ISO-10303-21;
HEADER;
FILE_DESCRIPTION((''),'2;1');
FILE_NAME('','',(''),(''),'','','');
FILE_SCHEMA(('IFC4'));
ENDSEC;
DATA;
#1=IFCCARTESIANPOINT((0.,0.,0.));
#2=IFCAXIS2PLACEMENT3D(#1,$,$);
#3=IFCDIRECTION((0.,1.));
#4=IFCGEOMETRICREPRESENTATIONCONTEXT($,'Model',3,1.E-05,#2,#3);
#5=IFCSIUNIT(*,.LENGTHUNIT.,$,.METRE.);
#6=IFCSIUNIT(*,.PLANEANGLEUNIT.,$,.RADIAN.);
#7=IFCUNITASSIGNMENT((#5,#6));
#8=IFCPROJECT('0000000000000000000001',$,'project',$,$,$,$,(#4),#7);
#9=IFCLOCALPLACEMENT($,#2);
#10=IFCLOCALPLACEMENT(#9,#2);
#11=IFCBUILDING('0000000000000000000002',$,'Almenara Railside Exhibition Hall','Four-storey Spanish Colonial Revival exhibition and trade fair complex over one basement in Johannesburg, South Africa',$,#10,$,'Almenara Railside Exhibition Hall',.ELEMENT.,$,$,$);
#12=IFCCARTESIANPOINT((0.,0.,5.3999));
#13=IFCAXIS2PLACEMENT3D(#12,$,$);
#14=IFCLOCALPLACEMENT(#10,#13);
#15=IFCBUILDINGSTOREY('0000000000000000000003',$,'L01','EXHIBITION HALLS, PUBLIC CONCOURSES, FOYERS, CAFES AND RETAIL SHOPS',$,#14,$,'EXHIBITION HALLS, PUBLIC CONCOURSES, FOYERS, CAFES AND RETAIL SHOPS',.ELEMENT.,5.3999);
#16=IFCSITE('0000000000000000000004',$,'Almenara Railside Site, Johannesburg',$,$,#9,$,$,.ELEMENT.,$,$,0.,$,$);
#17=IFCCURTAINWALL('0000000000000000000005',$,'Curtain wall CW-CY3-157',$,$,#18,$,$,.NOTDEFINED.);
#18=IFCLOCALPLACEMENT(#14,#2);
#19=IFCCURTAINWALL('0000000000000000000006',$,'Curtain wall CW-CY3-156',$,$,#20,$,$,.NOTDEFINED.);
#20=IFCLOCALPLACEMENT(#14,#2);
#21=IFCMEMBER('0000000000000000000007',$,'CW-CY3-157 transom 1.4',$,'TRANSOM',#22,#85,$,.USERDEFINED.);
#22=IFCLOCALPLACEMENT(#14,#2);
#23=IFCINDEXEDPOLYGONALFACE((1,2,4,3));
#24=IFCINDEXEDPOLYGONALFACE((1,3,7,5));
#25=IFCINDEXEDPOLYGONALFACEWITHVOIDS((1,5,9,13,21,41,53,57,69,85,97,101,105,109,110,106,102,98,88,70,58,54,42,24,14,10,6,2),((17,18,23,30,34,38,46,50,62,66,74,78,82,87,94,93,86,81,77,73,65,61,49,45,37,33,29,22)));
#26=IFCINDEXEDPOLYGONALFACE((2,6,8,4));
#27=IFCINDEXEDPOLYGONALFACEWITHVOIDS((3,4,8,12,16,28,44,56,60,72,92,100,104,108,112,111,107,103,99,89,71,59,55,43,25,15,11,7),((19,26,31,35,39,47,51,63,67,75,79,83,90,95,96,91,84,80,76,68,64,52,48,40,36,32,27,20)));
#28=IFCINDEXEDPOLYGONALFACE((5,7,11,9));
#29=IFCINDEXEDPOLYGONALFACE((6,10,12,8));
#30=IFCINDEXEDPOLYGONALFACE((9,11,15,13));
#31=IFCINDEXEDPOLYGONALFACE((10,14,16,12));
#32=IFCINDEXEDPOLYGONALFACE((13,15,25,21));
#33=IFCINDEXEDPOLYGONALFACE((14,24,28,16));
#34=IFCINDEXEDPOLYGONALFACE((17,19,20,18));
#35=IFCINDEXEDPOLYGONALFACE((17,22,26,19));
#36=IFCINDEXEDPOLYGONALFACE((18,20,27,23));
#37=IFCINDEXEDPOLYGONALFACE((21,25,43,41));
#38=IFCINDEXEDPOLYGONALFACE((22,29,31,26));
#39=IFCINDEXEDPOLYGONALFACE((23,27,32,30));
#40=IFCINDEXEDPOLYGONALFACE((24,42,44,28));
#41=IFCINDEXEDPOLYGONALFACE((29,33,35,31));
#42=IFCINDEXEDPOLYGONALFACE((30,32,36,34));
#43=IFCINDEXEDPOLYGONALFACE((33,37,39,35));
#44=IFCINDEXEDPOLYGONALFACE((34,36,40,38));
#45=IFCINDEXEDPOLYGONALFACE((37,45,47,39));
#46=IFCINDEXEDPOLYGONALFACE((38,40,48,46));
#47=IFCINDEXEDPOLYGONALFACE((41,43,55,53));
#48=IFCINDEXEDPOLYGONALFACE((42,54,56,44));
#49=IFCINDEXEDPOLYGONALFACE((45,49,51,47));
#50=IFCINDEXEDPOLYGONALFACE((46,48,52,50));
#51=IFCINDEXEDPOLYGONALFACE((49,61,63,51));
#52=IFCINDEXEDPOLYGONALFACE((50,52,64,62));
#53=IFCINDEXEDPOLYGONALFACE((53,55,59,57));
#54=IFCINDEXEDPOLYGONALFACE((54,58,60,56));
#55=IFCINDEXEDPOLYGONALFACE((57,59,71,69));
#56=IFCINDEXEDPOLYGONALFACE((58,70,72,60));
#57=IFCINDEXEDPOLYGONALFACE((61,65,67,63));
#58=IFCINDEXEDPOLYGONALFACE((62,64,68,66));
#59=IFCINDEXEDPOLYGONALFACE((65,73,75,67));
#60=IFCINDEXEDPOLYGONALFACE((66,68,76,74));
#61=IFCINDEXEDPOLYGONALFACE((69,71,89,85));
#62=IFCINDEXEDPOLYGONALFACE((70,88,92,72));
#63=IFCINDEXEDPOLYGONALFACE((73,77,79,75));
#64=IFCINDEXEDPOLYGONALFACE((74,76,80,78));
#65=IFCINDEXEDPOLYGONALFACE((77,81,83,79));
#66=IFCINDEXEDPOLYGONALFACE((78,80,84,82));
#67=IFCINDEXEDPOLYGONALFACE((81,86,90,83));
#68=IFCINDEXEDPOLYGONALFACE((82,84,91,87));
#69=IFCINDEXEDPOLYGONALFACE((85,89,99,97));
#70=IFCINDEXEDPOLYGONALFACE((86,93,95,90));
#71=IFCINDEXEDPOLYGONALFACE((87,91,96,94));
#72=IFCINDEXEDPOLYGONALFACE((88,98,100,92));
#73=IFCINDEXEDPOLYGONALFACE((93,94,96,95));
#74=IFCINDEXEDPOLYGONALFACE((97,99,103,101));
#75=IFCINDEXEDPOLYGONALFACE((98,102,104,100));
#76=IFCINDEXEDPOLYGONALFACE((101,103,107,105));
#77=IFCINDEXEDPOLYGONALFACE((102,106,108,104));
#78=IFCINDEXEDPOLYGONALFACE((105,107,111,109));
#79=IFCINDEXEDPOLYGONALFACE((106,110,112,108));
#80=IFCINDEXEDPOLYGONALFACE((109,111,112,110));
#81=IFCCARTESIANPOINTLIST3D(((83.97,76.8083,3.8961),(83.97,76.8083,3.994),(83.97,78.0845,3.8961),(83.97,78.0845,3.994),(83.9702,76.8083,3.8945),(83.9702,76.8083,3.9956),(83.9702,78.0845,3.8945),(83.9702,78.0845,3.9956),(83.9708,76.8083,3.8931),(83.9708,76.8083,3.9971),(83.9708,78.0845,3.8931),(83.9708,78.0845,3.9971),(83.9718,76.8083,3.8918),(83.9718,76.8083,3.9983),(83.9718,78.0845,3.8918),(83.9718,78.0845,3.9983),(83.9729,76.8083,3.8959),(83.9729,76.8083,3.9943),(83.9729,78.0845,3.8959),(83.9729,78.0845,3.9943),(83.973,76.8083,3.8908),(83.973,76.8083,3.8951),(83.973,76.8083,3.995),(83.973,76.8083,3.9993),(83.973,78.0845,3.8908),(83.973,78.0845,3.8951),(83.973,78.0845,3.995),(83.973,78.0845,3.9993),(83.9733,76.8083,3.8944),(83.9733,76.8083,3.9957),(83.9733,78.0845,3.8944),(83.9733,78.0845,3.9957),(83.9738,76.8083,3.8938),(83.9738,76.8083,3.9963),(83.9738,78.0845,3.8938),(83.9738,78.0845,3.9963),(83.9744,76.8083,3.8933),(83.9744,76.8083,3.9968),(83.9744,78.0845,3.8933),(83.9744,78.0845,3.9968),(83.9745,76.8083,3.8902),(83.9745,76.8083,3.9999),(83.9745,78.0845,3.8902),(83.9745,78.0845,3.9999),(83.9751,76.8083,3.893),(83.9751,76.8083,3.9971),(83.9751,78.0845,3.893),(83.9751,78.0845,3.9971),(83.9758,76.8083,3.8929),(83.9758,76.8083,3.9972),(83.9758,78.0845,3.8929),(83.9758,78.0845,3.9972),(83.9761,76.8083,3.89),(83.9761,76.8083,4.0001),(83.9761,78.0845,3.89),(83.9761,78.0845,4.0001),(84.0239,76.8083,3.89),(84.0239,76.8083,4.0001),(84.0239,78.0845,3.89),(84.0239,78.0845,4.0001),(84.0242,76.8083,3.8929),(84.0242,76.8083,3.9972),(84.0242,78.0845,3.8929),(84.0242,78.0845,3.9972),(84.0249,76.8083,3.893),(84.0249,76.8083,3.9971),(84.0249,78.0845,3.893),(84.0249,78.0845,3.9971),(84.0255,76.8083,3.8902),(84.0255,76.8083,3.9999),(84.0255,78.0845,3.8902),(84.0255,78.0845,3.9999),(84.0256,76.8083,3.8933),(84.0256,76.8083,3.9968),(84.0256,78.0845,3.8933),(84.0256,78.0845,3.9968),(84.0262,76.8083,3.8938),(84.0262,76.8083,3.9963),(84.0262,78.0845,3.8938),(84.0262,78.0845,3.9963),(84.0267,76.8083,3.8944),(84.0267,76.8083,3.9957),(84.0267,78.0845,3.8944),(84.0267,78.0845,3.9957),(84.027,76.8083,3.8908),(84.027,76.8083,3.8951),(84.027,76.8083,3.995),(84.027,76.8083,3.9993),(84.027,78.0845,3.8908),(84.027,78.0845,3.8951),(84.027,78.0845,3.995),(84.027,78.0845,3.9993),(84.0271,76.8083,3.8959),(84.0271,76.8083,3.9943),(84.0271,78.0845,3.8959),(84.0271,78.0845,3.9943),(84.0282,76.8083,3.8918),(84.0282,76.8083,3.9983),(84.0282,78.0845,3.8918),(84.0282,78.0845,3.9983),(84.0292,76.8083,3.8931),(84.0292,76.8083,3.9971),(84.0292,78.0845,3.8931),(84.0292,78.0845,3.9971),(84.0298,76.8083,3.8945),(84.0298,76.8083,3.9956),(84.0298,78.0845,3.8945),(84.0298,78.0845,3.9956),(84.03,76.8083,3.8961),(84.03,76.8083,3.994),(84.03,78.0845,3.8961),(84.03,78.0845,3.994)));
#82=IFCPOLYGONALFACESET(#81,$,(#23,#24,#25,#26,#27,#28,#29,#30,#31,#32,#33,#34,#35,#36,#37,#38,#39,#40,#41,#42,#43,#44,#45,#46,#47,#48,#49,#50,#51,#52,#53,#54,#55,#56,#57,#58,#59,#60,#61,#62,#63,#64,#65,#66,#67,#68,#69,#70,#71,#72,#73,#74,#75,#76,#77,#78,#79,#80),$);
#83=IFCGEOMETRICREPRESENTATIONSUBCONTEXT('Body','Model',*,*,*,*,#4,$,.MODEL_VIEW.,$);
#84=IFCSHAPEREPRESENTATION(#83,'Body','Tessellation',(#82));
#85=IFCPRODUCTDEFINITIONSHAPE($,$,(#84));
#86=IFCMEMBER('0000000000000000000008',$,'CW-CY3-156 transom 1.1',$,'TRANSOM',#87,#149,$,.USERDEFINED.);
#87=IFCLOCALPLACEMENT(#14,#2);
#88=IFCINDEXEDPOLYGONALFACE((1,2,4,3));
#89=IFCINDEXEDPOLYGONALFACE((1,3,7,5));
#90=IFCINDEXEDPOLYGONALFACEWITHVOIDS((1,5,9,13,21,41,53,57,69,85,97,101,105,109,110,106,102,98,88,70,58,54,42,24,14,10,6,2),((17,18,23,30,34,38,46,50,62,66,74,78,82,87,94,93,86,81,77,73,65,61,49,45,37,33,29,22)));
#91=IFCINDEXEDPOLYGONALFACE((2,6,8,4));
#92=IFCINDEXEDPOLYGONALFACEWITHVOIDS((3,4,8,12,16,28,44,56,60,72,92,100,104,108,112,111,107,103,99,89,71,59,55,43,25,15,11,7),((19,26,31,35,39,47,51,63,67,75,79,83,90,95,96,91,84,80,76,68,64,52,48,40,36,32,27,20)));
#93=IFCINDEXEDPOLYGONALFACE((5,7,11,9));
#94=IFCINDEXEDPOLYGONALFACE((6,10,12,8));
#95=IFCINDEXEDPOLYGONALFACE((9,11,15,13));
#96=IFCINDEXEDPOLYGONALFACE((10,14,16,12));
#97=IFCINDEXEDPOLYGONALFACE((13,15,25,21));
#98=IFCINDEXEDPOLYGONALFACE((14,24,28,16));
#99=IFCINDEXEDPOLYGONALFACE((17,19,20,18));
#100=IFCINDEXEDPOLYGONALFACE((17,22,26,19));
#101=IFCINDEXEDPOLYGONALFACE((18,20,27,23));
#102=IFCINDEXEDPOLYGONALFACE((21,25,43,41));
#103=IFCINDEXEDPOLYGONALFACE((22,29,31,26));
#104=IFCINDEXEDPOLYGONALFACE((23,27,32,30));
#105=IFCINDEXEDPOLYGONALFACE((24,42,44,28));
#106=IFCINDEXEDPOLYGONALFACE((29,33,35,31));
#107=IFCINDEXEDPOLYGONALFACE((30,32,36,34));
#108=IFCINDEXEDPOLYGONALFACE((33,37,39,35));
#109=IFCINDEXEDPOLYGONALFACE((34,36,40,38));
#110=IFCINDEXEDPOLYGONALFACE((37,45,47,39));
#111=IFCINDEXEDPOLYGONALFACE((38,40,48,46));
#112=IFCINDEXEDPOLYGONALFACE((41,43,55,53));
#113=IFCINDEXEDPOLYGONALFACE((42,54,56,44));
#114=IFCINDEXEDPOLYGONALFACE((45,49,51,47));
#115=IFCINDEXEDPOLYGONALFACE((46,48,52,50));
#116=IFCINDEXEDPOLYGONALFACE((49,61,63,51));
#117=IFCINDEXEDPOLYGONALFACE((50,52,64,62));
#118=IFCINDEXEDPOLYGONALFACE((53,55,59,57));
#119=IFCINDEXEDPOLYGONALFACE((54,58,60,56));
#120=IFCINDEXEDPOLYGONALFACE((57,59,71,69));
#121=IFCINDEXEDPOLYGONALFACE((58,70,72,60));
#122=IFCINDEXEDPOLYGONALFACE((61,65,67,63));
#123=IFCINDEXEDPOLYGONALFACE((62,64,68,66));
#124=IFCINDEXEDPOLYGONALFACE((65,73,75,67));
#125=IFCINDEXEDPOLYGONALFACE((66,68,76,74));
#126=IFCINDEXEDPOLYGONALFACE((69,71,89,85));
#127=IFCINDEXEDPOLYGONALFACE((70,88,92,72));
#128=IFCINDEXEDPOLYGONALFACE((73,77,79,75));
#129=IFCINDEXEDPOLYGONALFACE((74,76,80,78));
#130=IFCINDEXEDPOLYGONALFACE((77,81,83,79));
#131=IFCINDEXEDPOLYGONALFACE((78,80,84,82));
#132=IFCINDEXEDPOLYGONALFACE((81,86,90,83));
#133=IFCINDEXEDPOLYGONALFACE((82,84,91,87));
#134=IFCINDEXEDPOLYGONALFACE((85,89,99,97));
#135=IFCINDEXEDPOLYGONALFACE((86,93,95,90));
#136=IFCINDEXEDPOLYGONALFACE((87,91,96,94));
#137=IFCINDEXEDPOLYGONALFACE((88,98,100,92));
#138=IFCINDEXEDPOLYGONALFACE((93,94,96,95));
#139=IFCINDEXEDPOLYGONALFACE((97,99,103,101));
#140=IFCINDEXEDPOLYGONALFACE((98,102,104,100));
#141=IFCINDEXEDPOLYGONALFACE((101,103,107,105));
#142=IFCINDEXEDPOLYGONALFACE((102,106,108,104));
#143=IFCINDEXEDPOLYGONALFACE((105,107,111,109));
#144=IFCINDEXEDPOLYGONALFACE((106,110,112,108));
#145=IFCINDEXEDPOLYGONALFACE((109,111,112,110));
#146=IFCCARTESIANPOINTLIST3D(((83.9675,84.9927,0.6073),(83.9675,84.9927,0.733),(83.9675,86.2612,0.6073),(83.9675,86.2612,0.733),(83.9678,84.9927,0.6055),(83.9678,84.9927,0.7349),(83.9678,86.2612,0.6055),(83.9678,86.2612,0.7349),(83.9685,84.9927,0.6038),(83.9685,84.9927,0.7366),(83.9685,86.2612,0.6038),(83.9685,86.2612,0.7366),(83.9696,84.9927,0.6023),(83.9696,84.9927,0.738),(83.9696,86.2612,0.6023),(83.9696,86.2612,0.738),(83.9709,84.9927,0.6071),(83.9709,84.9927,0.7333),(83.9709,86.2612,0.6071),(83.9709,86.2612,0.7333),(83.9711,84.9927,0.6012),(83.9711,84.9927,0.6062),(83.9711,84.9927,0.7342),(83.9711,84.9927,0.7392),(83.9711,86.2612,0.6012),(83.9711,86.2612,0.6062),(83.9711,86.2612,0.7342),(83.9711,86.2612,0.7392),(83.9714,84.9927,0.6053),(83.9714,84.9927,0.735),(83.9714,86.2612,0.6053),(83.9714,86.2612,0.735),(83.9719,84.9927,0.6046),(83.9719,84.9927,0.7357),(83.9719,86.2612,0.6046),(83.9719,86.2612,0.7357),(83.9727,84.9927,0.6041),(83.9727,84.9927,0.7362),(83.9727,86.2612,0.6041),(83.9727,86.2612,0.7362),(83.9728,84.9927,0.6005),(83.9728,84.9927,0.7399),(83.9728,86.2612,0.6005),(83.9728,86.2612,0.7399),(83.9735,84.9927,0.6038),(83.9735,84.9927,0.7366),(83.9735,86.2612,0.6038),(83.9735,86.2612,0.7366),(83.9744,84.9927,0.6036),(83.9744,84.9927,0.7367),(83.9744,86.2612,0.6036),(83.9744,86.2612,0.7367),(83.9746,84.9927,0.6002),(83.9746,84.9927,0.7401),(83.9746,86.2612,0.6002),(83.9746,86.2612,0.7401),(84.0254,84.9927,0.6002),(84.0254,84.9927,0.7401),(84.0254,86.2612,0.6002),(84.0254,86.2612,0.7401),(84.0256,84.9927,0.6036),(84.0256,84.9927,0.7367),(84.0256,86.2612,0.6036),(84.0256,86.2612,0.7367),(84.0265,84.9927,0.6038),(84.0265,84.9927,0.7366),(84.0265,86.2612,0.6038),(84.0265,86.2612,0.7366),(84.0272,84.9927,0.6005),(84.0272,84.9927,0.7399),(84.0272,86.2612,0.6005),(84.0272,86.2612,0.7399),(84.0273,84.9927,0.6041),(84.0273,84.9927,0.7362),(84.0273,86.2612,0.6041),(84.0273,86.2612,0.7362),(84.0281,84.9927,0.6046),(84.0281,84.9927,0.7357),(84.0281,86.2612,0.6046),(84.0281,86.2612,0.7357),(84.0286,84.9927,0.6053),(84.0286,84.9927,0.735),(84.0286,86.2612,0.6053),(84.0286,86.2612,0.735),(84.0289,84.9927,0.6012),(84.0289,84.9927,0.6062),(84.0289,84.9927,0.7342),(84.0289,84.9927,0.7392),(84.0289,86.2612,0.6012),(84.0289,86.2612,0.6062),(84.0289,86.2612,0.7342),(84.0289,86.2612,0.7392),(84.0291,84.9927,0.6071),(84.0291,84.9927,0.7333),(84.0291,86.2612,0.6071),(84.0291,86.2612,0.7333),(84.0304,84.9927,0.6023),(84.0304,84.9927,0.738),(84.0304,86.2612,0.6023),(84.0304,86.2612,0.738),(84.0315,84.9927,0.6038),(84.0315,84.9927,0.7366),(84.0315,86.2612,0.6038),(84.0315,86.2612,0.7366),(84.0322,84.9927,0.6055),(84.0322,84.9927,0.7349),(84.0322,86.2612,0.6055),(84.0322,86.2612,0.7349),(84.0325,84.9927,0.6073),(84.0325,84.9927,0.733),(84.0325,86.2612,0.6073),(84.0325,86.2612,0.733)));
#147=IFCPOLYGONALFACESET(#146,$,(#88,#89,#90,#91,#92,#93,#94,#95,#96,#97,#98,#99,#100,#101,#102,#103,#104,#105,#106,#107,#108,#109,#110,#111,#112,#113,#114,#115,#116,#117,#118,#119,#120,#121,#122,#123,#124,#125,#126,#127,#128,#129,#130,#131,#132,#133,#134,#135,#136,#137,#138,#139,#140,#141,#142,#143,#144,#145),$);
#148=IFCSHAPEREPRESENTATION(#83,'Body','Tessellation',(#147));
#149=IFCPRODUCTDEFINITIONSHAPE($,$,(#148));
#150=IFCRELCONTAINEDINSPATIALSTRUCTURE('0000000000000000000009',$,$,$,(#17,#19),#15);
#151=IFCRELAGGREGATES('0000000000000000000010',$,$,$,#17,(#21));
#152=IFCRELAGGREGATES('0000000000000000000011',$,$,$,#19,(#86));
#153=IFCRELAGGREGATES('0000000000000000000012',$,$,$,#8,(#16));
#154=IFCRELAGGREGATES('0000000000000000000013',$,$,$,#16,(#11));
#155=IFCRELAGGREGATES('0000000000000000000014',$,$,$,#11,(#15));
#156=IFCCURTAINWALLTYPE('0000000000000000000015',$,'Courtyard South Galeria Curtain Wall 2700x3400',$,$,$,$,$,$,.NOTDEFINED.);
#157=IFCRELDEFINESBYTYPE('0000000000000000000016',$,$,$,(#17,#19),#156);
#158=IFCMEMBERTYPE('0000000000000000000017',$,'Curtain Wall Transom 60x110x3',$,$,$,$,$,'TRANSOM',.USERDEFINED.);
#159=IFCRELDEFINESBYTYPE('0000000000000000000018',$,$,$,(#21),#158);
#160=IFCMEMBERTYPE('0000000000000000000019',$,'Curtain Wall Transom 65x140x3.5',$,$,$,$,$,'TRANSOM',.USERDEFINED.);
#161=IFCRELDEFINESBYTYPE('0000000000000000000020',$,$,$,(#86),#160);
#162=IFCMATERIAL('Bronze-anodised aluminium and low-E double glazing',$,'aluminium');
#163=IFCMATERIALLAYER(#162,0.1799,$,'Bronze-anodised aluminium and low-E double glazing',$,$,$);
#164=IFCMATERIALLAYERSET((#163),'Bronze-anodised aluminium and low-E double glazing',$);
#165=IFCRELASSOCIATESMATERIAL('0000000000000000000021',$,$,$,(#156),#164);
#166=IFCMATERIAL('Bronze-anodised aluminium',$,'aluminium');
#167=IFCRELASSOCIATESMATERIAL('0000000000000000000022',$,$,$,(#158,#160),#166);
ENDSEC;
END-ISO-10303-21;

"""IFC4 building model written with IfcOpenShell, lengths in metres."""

from ifc_helpers import new_model, si_unit, direction, frame, origin, origin_2d, place, context, subcontext, project, spatial, hollow_rectangle, extrude, material, layer, layer_set, material_profile, profile_set, type_object, element, aggregate, save


model = new_model("IFC4")

# Units and contexts
model_context = context("Model", 3, precision=1e-05, world=origin(), true_north=direction((0.0, 1.0)))
body_context = subcontext(model_context, "Body", "Model", "MODEL_VIEW")
ifc_project = project(units=[si_unit("LENGTHUNIT", "METRE"), si_unit("PLANEANGLEUNIT", "RADIAN")], contexts=[model_context])

# Site, building, storey
site_placement = place(None, origin())
site = spatial("IfcSite", under=ifc_project, at=site_placement, Name="Almenara Railside Site, Johannesburg", CompositionType="ELEMENT", RefElevation=0.0)
building_placement = place(site_placement, origin())
building = spatial("IfcBuilding", under=site, at=building_placement, Name="Almenara Railside Exhibition Hall", Description="Four-storey Spanish Colonial Revival exhibition and trade fair complex over one basement in Johannesburg, South Africa", LongName="Almenara Railside Exhibition Hall", CompositionType="ELEMENT")
storey_placement = place(building_placement, frame((0.0, 0.0, 5.3999)))
storey = spatial("IfcBuildingStorey", under=building, at=storey_placement, Name="L01", Description="EXHIBITION HALLS, PUBLIC CONCOURSES, FOYERS, CAFES AND RETAIL SHOPS", LongName="EXHIBITION HALLS, PUBLIC CONCOURSES, FOYERS, CAFES AND RETAIL SHOPS", CompositionType="ELEMENT", Elevation=5.3999)

# Curtain wall
ifc_material_1 = material(Name="Bronze-anodised aluminium and low-E double glazing", Category="aluminium")
ifc_layer_1 = layer(ifc_material_1, 0.1799, Name="Bronze-anodised aluminium and low-E double glazing")
ifc_layer_set_1 = layer_set([ifc_layer_1], Name="Bronze-anodised aluminium and low-E double glazing")
curtain_wall_type = type_object("IfcCurtainWallType", Name="Courtyard South Galeria Curtain Wall 2700x3400", PredefinedType="NOTDEFINED", material=ifc_layer_set_1)
curtain_wall_1_placement = place(storey_placement, origin())
curtain_wall_1 = element("IfcCurtainWall", 1, at=curtain_wall_1_placement, inside=storey, type_object=curtain_wall_type, Name="Curtain wall CW-CY3-157", PredefinedType="NOTDEFINED")
ifc_material_2 = material(Name="Bronze-anodised aluminium", Category="aluminium")

# Curtain wall
curtain_wall_2_placement = place(storey_placement, origin())
curtain_wall_2 = element("IfcCurtainWall", 2, at=curtain_wall_2_placement, inside=storey, type_object=curtain_wall_type, Name="Curtain wall CW-CY3-156", PredefinedType="NOTDEFINED")

# Members
ifc_material_profile_1 = material_profile(ifc_material_2, hollow_rectangle(XDim=0.0601, YDim=0.1101, WallThickness=0.0029, InnerFilletRadius=0.0029, OuterFilletRadius=0.0061, at=origin_2d()), Name="ALU-TRN 60x110x3")
ifc_profile_set_1 = profile_set([ifc_material_profile_1], Name="Bronze-anodised aluminium")
member_type_1 = type_object("IfcMemberType", Name="Curtain Wall Transom 60x110x3", ElementType="TRANSOM", PredefinedType="USERDEFINED", material=ifc_profile_set_1)
member_1_placement = place(storey_placement, frame((84.0, 78.0845, 3.9451), z_axis=(0.0, -1.0, 0.0), x_axis=(1.0, 0.0, 0.0)))
member_1 = element("IfcMember", 3, at=member_1_placement, type_object=member_type_1, Name="CW-CY3-157 transom 1.4", ObjectType="TRANSOM", PredefinedType="USERDEFINED", context=body_context, shape_type="SweptSolid", body=[
    extrude(hollow_rectangle(XDim=0.0601, YDim=0.1101, WallThickness=0.0029, InnerFilletRadius=0.0029, OuterFilletRadius=0.0061, at=origin_2d()), origin(), (0.0, 0.0, 1.0), 1.2761),
])
ifc_material_profile_2 = material_profile(ifc_material_2, hollow_rectangle(XDim=0.0649, YDim=0.1399, WallThickness=0.0034, InnerFilletRadius=0.0034, OuterFilletRadius=0.0071, at=origin_2d()), Name="ALU-TRN 65x140x3.5")
ifc_profile_set_2 = profile_set([ifc_material_profile_2], Name="Bronze-anodised aluminium")
member_type_2 = type_object("IfcMemberType", Name="Curtain Wall Transom 65x140x3.5", ElementType="TRANSOM", PredefinedType="USERDEFINED", material=ifc_profile_set_2)
member_2_placement = place(storey_placement, frame((84.0, 86.2612, 0.6702), z_axis=(0.0, -1.0, 0.0), x_axis=(1.0, 0.0, 0.0)))
member_2 = element("IfcMember", 4, at=member_2_placement, type_object=member_type_2, Name="CW-CY3-156 transom 1.1", ObjectType="TRANSOM", PredefinedType="USERDEFINED", context=body_context, shape_type="SweptSolid", body=[
    extrude(hollow_rectangle(XDim=0.0649, YDim=0.1399, WallThickness=0.0034, InnerFilletRadius=0.0034, OuterFilletRadius=0.0071, at=origin_2d()), origin(), (0.0, 0.0, 1.0), 1.2686),
])

aggregate(curtain_wall_1, [member_1])
aggregate(curtain_wall_2, [member_2])

save(model, "model.ifc")
